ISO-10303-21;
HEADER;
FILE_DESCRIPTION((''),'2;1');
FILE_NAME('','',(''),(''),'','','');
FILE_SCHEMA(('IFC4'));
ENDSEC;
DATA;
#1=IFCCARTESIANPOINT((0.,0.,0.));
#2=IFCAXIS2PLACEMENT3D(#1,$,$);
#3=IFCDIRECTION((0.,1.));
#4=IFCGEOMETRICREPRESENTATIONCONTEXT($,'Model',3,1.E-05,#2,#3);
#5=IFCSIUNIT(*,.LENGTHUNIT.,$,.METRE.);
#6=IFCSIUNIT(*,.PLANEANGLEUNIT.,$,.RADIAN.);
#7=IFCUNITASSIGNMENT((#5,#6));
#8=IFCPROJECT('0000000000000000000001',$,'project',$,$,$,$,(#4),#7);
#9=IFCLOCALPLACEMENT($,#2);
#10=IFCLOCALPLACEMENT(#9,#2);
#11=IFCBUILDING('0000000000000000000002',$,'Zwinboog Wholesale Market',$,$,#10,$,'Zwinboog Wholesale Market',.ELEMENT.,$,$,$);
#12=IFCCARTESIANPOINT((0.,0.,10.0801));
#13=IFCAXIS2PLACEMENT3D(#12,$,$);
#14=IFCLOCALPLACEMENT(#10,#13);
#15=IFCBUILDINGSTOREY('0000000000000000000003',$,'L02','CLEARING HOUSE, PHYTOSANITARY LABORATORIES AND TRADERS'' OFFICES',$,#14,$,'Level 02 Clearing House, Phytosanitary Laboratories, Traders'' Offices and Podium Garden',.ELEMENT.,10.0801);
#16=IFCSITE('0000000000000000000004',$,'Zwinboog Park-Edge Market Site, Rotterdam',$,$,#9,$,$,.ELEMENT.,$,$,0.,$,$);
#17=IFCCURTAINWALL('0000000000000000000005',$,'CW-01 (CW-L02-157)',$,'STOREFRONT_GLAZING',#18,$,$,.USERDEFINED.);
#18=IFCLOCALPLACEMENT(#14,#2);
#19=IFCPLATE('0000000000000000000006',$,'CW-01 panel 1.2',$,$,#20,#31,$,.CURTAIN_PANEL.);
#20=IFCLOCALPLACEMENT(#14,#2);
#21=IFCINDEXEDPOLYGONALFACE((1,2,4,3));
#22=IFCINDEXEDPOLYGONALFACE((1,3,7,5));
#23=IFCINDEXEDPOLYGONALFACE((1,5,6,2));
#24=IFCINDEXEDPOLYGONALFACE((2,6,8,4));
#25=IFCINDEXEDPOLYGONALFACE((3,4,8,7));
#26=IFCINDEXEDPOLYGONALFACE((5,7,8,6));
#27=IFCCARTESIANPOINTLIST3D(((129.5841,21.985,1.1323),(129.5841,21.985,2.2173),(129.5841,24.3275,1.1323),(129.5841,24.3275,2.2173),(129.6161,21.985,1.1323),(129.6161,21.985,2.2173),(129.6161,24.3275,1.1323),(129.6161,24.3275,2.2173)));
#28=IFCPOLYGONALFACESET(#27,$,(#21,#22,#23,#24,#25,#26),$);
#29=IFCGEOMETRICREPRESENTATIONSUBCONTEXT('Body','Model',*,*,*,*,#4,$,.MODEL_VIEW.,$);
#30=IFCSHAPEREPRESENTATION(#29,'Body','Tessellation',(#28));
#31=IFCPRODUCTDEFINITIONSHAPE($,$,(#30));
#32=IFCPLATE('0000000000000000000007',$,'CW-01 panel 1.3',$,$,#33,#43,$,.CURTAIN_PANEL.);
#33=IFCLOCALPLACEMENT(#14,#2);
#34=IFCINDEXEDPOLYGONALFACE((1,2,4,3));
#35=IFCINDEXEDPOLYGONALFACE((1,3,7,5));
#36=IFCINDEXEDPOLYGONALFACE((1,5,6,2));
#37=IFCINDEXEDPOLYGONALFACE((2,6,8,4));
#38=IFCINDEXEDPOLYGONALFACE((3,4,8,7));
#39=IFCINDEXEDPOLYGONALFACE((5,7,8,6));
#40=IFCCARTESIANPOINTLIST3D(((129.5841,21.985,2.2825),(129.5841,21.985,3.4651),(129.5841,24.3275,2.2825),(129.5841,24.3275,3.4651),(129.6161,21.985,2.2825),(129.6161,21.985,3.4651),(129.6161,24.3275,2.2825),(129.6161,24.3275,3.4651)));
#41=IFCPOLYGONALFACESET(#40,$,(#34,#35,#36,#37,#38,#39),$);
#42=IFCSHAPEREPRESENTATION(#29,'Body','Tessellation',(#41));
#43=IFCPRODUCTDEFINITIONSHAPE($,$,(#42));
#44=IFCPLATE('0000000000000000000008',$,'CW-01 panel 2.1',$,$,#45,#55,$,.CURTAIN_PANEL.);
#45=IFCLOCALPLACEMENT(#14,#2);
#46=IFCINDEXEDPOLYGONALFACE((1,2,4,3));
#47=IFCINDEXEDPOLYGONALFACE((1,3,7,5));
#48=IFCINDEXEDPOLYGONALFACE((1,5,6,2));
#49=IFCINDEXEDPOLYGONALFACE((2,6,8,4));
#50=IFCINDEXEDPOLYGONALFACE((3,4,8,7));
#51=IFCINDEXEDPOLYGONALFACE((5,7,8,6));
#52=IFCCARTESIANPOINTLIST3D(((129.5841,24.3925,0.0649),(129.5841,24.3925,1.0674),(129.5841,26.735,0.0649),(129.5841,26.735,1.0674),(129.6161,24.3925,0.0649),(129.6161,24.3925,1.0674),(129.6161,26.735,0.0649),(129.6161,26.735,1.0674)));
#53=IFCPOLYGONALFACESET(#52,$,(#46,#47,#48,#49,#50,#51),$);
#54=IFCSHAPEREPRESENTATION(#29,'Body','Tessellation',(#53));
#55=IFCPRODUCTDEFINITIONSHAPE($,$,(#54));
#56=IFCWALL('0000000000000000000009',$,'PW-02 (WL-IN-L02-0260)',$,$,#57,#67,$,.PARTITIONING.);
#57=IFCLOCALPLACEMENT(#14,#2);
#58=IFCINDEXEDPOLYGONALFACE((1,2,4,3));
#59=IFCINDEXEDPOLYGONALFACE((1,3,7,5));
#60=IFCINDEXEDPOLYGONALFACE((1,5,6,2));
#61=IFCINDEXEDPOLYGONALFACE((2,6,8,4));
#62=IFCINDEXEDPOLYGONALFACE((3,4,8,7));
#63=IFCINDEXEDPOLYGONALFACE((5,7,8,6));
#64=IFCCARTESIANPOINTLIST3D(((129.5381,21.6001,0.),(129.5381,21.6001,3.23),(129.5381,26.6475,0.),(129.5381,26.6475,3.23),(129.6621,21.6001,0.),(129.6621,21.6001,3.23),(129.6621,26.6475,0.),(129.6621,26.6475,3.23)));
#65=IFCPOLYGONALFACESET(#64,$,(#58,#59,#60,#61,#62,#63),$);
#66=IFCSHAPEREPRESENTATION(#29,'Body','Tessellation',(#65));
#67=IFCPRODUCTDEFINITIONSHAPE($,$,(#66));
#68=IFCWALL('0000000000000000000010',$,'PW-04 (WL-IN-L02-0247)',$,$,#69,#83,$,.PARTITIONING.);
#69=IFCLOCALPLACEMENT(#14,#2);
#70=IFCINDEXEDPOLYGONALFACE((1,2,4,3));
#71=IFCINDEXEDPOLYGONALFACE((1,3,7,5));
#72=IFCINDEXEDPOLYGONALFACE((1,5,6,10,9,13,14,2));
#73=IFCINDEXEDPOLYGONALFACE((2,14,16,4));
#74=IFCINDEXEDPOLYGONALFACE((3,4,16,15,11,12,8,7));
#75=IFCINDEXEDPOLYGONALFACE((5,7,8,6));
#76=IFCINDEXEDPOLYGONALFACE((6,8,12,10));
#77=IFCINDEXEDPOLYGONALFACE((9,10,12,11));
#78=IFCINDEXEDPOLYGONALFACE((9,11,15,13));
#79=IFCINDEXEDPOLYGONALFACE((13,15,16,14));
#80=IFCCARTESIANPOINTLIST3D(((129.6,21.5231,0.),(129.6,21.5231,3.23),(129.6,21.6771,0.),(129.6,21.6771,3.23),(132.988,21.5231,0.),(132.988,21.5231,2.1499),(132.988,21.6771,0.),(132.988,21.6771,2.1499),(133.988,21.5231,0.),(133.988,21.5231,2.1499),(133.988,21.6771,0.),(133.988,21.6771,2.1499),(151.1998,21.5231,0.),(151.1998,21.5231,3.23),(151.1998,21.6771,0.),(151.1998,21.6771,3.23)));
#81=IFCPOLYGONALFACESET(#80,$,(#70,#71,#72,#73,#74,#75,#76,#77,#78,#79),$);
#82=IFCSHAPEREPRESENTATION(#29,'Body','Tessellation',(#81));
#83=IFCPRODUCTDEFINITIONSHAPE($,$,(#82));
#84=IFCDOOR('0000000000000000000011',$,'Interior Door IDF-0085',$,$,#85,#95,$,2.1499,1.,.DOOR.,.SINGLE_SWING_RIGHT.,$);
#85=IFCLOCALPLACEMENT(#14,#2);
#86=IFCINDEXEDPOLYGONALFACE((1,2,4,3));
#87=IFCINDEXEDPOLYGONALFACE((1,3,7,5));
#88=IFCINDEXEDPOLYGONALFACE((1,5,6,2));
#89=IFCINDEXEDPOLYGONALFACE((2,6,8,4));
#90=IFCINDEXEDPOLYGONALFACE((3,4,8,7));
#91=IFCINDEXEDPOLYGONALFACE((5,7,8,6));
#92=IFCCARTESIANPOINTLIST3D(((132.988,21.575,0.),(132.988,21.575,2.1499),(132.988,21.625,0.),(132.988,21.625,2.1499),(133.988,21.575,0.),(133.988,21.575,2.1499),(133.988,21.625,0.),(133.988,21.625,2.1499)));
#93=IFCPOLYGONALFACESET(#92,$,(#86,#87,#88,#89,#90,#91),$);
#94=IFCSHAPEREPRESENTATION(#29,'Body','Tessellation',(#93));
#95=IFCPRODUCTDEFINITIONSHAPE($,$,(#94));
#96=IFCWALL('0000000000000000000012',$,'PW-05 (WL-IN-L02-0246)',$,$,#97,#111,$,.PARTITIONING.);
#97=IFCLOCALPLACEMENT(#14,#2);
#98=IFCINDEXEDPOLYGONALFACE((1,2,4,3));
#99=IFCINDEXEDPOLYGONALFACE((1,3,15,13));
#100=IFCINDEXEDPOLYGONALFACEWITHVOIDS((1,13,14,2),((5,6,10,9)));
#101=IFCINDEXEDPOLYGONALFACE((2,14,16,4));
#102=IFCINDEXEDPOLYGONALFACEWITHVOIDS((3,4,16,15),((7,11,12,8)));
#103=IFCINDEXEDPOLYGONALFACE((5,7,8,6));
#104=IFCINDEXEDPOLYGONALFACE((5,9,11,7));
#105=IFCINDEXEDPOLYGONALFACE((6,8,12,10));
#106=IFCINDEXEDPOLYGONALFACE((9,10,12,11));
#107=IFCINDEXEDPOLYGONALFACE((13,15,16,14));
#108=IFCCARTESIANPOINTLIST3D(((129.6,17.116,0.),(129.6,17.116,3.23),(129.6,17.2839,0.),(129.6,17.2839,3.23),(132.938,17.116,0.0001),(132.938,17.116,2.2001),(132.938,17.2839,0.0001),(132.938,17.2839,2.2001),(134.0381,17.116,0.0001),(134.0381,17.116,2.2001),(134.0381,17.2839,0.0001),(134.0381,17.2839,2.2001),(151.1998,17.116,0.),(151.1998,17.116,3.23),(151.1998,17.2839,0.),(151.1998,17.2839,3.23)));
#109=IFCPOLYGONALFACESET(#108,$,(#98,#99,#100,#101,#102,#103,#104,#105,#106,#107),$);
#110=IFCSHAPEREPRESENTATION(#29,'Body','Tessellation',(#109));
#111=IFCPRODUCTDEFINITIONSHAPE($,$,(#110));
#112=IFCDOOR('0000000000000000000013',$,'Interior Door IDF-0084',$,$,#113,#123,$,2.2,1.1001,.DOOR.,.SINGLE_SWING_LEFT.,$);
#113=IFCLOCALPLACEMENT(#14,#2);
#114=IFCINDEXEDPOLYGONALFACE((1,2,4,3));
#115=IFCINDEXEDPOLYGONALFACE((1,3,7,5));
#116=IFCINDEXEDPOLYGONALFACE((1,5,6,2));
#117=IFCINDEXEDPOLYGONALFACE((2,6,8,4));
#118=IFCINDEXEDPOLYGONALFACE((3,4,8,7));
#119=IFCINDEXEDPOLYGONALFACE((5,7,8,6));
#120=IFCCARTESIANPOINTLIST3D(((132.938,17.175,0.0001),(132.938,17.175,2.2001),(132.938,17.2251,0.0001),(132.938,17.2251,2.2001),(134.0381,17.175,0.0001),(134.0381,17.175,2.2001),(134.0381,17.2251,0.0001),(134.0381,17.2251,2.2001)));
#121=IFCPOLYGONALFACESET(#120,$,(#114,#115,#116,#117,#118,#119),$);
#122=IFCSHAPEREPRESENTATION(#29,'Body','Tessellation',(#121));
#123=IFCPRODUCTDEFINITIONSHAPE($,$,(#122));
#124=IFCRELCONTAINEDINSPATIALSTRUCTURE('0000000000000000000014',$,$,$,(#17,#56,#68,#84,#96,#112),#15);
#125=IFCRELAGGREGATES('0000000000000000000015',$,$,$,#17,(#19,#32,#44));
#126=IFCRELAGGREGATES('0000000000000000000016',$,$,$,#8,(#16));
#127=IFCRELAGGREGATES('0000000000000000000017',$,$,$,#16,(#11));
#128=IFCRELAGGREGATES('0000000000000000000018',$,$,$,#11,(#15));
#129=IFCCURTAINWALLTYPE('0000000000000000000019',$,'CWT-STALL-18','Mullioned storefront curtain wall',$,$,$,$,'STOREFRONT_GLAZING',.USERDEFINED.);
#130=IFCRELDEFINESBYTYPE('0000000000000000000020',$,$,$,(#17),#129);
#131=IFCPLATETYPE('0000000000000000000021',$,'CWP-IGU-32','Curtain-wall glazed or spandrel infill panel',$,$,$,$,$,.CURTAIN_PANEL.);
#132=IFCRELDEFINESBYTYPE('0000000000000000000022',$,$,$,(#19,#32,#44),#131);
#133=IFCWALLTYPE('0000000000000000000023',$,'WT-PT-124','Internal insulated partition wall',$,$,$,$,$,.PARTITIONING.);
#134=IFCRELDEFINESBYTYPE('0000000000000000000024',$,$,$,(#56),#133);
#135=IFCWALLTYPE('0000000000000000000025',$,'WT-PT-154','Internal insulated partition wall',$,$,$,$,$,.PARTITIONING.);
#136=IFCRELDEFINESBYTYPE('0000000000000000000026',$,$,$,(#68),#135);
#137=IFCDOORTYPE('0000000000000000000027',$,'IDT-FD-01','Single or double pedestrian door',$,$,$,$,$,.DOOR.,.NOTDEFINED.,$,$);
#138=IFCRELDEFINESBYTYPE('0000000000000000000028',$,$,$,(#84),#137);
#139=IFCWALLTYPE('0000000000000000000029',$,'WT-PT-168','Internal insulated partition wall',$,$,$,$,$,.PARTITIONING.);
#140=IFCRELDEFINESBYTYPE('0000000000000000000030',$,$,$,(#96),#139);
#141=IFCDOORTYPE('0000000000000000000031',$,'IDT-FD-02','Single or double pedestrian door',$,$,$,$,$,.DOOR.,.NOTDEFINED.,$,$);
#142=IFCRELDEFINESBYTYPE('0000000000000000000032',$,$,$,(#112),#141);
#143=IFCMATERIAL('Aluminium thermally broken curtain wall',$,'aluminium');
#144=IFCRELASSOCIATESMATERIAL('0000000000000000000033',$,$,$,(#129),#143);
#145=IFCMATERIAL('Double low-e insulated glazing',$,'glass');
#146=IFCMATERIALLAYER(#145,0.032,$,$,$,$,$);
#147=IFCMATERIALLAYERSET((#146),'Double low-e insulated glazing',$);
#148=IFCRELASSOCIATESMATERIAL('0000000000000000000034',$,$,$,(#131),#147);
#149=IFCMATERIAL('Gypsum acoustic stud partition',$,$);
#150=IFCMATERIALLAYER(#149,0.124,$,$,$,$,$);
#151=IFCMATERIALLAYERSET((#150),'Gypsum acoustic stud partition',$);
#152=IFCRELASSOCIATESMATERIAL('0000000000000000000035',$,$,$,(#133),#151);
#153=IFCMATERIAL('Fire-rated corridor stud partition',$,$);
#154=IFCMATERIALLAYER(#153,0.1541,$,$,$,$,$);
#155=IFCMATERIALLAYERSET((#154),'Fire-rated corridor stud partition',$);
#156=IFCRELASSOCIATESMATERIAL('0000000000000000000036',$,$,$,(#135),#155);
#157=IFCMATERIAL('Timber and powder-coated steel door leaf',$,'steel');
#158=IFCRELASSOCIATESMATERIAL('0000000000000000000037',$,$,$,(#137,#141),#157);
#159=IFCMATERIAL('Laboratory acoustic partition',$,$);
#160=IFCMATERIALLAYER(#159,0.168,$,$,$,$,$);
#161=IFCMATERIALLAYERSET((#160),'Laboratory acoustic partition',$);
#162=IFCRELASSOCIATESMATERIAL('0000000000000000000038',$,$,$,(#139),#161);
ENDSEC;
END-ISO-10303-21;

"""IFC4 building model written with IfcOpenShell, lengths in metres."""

from ifc_helpers import new_model, si_unit, direction, frame, frame_2d, origin, origin_2d, place, context, subcontext, project, spatial, rectangle, extrude, material, layer, layer_set, type_object, element, fill, aggregate, save


model = new_model("IFC4")

# Units and contexts
model_context = context("Model", 3, precision=1e-05, world=origin(), true_north=direction((0.0, 1.0)))
body_context = subcontext(model_context, "Body", "Model", "MODEL_VIEW")
ifc_project = project(units=[si_unit("LENGTHUNIT", "METRE"), si_unit("PLANEANGLEUNIT", "RADIAN")], contexts=[model_context])

# Site, building, storey
site_placement = place(None, origin())
site = spatial("IfcSite", under=ifc_project, at=site_placement, Name="Zwinboog Park-Edge Market Site, Rotterdam", CompositionType="ELEMENT", RefElevation=0.0)
building_placement = place(site_placement, origin())
building = spatial("IfcBuilding", under=site, at=building_placement, Name="Zwinboog Wholesale Market", LongName="Zwinboog Wholesale Market", CompositionType="ELEMENT")
storey_placement = place(building_placement, frame((0.0, 0.0, 10.0801)))
storey = spatial("IfcBuildingStorey", under=building, at=storey_placement, Name="L02", Description="CLEARING HOUSE, PHYTOSANITARY LABORATORIES AND TRADERS' OFFICES", LongName="Level 02 Clearing House, Phytosanitary Laboratories, Traders' Offices and Podium Garden", CompositionType="ELEMENT", Elevation=10.0801)

# Curtain wall, plates
ifc_material_1 = material(Name="Aluminium thermally broken curtain wall", Category="aluminium")
curtain_wall_type = type_object("IfcCurtainWallType", Name="CWT-STALL-18", Description="Mullioned storefront curtain wall", ElementType="STOREFRONT_GLAZING", PredefinedType="USERDEFINED", material=ifc_material_1)
curtain_wall_placement = place(storey_placement, origin())
curtain_wall = element("IfcCurtainWall", 1, at=curtain_wall_placement, inside=storey, type_object=curtain_wall_type, Name="CW-01 (CW-L02-157)", ObjectType="STOREFRONT_GLAZING", PredefinedType="USERDEFINED")
ifc_material_2 = material(Name="Double low-e insulated glazing", Category="glass")
ifc_layer_1 = layer(ifc_material_2, 0.032)
ifc_layer_set_1 = layer_set([ifc_layer_1], Name="Double low-e insulated glazing")
plate_type = type_object("IfcPlateType", Name="CWP-IGU-32", Description="Curtain-wall glazed or spandrel infill panel", PredefinedType="CURTAIN_PANEL", material=ifc_layer_set_1)
plate_1_placement = place(storey_placement, frame((129.6001, 23.1562, 1.1323), z_axis=(0.0, 0.0, 1.0), x_axis=(0.0, 1.0, 0.0)))
plate_1 = element("IfcPlate", 2, at=plate_1_placement, type_object=plate_type, Name="CW-01 panel 1.2", PredefinedType="CURTAIN_PANEL", context=body_context, shape_type="SweptSolid", body=[
    extrude(rectangle(XDim=2.3425, YDim=0.032, at=origin_2d()), origin(), (0.0, 0.0, 1.0), 1.085),
])
plate_2_placement = place(storey_placement, frame((129.6001, 23.1562, 2.2825), z_axis=(0.0, 0.0, 1.0), x_axis=(0.0, 1.0, 0.0)))
plate_2 = element("IfcPlate", 3, at=plate_2_placement, type_object=plate_type, Name="CW-01 panel 1.3", PredefinedType="CURTAIN_PANEL", context=body_context, shape_type="SweptSolid", body=[
    extrude(rectangle(XDim=2.3425, YDim=0.032, at=origin_2d()), origin(), (0.0, 0.0, 1.0), 1.1826),
])
plate_3_placement = place(storey_placement, frame((129.6001, 25.5637, 0.0649), z_axis=(0.0, 0.0, 1.0), x_axis=(0.0, 1.0, 0.0)))
plate_3 = element("IfcPlate", 4, at=plate_3_placement, type_object=plate_type, Name="CW-01 panel 2.1", PredefinedType="CURTAIN_PANEL", context=body_context, shape_type="SweptSolid", body=[
    extrude(rectangle(XDim=2.3425, YDim=0.032, at=origin_2d()), origin(), (0.0, 0.0, 1.0), 1.0024),
])
aggregate(curtain_wall, [plate_1, plate_2, plate_3])

# Wall
ifc_material_3 = material(Name="Gypsum acoustic stud partition")
ifc_layer_2 = layer(ifc_material_3, 0.124)
ifc_layer_set_2 = layer_set([ifc_layer_2], Name="Gypsum acoustic stud partition")
wall_type_1 = type_object("IfcWallType", Name="WT-PT-124", Description="Internal insulated partition wall", PredefinedType="PARTITIONING", material=ifc_layer_set_2)
wall_1_placement = place(storey_placement, frame((129.6001, 21.6001, 0.0), z_axis=(0.0, 0.0, 1.0), x_axis=(0.0, 1.0, 0.0)))
element("IfcWall", 5, at=wall_1_placement, inside=storey, type_object=wall_type_1, Name="PW-02 (WL-IN-L02-0260)", PredefinedType="PARTITIONING", context=body_context, shape_type="SweptSolid", body=[
    extrude(rectangle(XDim=5.0474, YDim=0.124, at=frame_2d((2.5237, 0.0))), origin(), (0.0, 0.0, 1.0), 3.23),
])

# Walls, openings, doors
ifc_material_4 = material(Name="Fire-rated corridor stud partition")
ifc_layer_3 = layer(ifc_material_4, 0.1541)
ifc_layer_set_3 = layer_set([ifc_layer_3], Name="Fire-rated corridor stud partition")
wall_type_2 = type_object("IfcWallType", Name="WT-PT-154", Description="Internal insulated partition wall", PredefinedType="PARTITIONING", material=ifc_layer_set_3)
wall_2_placement = place(storey_placement, frame((129.6001, 21.6001, 0.0), z_axis=(0.0, 0.0, 1.0), x_axis=(1.0, 0.0, 0.0)))
wall_2 = element("IfcWall", 6, at=wall_2_placement, inside=storey, type_object=wall_type_2, Name="PW-04 (WL-IN-L02-0247)", PredefinedType="PARTITIONING", context=body_context, shape_type="SweptSolid", body=[
    extrude(rectangle(XDim=21.5999, YDim=0.1541, at=frame_2d((10.7998, 0.0))), origin(), (0.0, 0.0, 1.0), 3.23),
])
opening_1_placement = place(wall_2_placement, frame((3.3879, 0.0, 0.0)))
opening_1 = element("IfcOpeningElement", 7, at=opening_1_placement, cuts=wall_2, PredefinedType="OPENING", context=body_context, shape_type="SweptSolid", body=[
    extrude(rectangle(XDim=1.0, YDim=2.1499, at=frame_2d((0.5, 1.075))), frame((0.0, 0.0869, 0.0), z_axis=(0.0, -1.0, 0.0), x_axis=(1.0, 0.0, 0.0)), (0.0, 0.0, 1.0), 0.1741),
])
ifc_material_5 = material(Name="Timber and powder-coated steel door leaf", Category="steel")
door_type_1 = type_object("IfcDoorType", Name="IDT-FD-01", Description="Single or double pedestrian door", OperationType="NOTDEFINED", PredefinedType="DOOR", material=ifc_material_5)
door_1_placement = place(opening_1_placement, origin())
door_1 = element("IfcDoor", 8, at=door_1_placement, inside=storey, type_object=door_type_1, Name="Interior Door IDF-0085", OperationType="SINGLE_SWING_RIGHT", OverallHeight=2.1499, OverallWidth=1.0, PredefinedType="DOOR", context=body_context, shape_type="SweptSolid", body=[
    extrude(rectangle(XDim=1.0, YDim=2.1499, at=frame_2d((0.5, 1.075))), frame((0.0, 0.0249, 0.0), z_axis=(0.0, -1.0, 0.0), x_axis=(1.0, 0.0, 0.0)), (0.0, 0.0, 1.0), 0.05),
])
fill(opening_1, door_1)
ifc_material_6 = material(Name="Laboratory acoustic partition")
ifc_layer_4 = layer(ifc_material_6, 0.168)
ifc_layer_set_4 = layer_set([ifc_layer_4], Name="Laboratory acoustic partition")
wall_type_3 = type_object("IfcWallType", Name="WT-PT-168", Description="Internal insulated partition wall", PredefinedType="PARTITIONING", material=ifc_layer_set_4)
wall_3_placement = place(storey_placement, frame((129.6001, 17.2, 0.0), z_axis=(0.0, 0.0, 1.0), x_axis=(1.0, 0.0, 0.0)))
wall_3 = element("IfcWall", 9, at=wall_3_placement, inside=storey, type_object=wall_type_3, Name="PW-05 (WL-IN-L02-0246)", PredefinedType="PARTITIONING", context=body_context, shape_type="SweptSolid", body=[
    extrude(rectangle(XDim=21.5999, YDim=0.168, at=frame_2d((10.7998, 0.0))), origin(), (0.0, 0.0, 1.0), 3.23),
])
opening_2_placement = place(wall_3_placement, frame((3.3379, 0.0, 0.0)))
opening_2 = element("IfcOpeningElement", 10, at=opening_2_placement, cuts=wall_3, PredefinedType="OPENING", context=body_context, shape_type="SweptSolid", body=[
    extrude(rectangle(XDim=1.1001, YDim=2.2, at=frame_2d((0.55, 1.1001))), frame((0.0, 0.094, 0.0), z_axis=(0.0, -1.0, 0.0), x_axis=(1.0, 0.0, 0.0)), (0.0, 0.0, 1.0), 0.188),
])
door_type_2 = type_object("IfcDoorType", Name="IDT-FD-02", Description="Single or double pedestrian door", OperationType="NOTDEFINED", PredefinedType="DOOR", material=ifc_material_5)
door_2_placement = place(opening_2_placement, frame((1.1001, 0.0, 0.0), z_axis=(0.0, 0.0, 1.0), x_axis=(-1.0, 0.0, 0.0)))
door_2 = element("IfcDoor", 11, at=door_2_placement, inside=storey, type_object=door_type_2, Name="Interior Door IDF-0084", OperationType="SINGLE_SWING_LEFT", OverallHeight=2.2, OverallWidth=1.1001, PredefinedType="DOOR", context=body_context, shape_type="SweptSolid", body=[
    extrude(rectangle(XDim=1.1001, YDim=2.2, at=frame_2d((0.55, 1.1001))), frame((0.0, 0.0249, 0.0), z_axis=(0.0, -1.0, 0.0), x_axis=(1.0, 0.0, 0.0)), (0.0, 0.0, 1.0), 0.05),
])
fill(opening_2, door_2)

save(model, "model.ifc")
